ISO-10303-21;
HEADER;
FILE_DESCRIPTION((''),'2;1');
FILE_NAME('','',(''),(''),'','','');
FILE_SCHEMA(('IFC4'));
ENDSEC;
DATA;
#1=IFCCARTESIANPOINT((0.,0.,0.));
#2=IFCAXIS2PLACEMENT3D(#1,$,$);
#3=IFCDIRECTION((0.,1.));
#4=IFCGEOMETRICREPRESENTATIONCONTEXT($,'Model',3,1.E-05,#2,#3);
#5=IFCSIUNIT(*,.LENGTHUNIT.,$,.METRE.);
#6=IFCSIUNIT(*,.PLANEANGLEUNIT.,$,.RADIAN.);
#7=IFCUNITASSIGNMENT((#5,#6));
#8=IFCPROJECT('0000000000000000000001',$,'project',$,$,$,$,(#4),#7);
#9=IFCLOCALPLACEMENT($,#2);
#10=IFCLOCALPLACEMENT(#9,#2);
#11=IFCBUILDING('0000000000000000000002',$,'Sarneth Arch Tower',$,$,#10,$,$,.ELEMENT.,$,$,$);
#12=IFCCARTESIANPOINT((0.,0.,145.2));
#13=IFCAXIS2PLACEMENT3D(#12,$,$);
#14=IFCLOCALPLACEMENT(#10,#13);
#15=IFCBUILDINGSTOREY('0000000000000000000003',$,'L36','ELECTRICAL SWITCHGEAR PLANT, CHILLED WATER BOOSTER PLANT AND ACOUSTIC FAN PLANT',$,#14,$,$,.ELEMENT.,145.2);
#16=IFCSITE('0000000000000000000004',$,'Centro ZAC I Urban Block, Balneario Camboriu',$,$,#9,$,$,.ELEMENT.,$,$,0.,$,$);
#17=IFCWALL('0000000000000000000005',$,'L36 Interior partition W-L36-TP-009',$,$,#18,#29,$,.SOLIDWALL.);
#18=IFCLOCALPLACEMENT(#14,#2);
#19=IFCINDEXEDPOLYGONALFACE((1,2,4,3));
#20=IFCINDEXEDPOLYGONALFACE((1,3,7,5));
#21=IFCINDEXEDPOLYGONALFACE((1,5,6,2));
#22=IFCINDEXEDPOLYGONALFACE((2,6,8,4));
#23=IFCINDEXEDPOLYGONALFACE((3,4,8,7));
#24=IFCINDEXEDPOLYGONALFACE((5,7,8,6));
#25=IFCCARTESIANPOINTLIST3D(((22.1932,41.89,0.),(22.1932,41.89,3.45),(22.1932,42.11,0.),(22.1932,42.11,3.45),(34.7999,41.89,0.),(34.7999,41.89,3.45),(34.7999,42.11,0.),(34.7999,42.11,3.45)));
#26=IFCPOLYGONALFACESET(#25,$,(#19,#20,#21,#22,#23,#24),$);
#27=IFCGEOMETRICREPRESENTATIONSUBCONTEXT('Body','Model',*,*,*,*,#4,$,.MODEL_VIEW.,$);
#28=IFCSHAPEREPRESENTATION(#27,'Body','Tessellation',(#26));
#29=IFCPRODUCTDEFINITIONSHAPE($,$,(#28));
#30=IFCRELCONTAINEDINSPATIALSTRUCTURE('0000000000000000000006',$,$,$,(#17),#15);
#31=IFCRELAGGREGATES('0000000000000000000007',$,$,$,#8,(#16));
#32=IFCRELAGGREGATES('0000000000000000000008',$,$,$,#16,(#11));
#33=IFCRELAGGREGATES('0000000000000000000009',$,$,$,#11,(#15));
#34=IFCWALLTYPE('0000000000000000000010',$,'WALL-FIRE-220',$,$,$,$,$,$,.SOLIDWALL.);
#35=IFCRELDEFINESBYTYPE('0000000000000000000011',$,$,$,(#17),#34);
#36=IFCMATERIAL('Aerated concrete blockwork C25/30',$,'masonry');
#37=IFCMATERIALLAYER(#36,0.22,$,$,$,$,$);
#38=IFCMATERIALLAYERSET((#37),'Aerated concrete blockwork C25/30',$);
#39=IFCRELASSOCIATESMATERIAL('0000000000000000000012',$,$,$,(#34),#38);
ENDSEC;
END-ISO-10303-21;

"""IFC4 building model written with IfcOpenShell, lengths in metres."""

from ifc_helpers import new_model, si_unit, direction, frame, frame_2d, origin, place, context, subcontext, project, spatial, rectangle, extrude, material, layer, layer_set, type_object, element, save


model = new_model("IFC4")

# Units and contexts
model_context = context("Model", 3, precision=1e-05, world=origin(), true_north=direction((0.0, 1.0)))
body_context = subcontext(model_context, "Body", "Model", "MODEL_VIEW")
ifc_project = project(units=[si_unit("LENGTHUNIT", "METRE"), si_unit("PLANEANGLEUNIT", "RADIAN")], contexts=[model_context])

# Site, building, storey
site_placement = place(None, origin())
site = spatial("IfcSite", under=ifc_project, at=site_placement, Name="Centro ZAC I Urban Block, Balneario Camboriu", CompositionType="ELEMENT", RefElevation=0.0)
building_placement = place(site_placement, origin())
building = spatial("IfcBuilding", under=site, at=building_placement, Name="Sarneth Arch Tower", CompositionType="ELEMENT")
storey_placement = place(building_placement, frame((0.0, 0.0, 145.2)))
storey = spatial("IfcBuildingStorey", under=building, at=storey_placement, Name="L36", Description="ELECTRICAL SWITCHGEAR PLANT, CHILLED WATER BOOSTER PLANT AND ACOUSTIC FAN PLANT", CompositionType="ELEMENT", Elevation=145.2)

# Wall
ifc_material_1 = material(Name="Aerated concrete blockwork C25/30", Category="masonry")
ifc_layer_1 = layer(ifc_material_1, 0.22)
ifc_layer_set_1 = layer_set([ifc_layer_1], Name="Aerated concrete blockwork C25/30")
wall_type_1 = type_object("IfcWallType", Name="WALL-FIRE-220", PredefinedType="SOLIDWALL", material=ifc_layer_set_1)
wall_1_placement = place(storey_placement, frame((22.1934, 42.0, 0.0), z_axis=(0.0, 0.0, 1.0), x_axis=(1.0, 0.0, 0.0)))
element("IfcWall", 1, at=wall_1_placement, inside=storey, type_object=wall_type_1, Name="L36 Interior partition W-L36-TP-009", PredefinedType="SOLIDWALL", context=body_context, shape_type="SweptSolid", body=[
    extrude(rectangle(XDim=12.6067, YDim=0.22, at=frame_2d((6.3032, 0.0))), origin(), (0.0, 0.0, 1.0), 3.45),
])

save(model, "model.ifc")
